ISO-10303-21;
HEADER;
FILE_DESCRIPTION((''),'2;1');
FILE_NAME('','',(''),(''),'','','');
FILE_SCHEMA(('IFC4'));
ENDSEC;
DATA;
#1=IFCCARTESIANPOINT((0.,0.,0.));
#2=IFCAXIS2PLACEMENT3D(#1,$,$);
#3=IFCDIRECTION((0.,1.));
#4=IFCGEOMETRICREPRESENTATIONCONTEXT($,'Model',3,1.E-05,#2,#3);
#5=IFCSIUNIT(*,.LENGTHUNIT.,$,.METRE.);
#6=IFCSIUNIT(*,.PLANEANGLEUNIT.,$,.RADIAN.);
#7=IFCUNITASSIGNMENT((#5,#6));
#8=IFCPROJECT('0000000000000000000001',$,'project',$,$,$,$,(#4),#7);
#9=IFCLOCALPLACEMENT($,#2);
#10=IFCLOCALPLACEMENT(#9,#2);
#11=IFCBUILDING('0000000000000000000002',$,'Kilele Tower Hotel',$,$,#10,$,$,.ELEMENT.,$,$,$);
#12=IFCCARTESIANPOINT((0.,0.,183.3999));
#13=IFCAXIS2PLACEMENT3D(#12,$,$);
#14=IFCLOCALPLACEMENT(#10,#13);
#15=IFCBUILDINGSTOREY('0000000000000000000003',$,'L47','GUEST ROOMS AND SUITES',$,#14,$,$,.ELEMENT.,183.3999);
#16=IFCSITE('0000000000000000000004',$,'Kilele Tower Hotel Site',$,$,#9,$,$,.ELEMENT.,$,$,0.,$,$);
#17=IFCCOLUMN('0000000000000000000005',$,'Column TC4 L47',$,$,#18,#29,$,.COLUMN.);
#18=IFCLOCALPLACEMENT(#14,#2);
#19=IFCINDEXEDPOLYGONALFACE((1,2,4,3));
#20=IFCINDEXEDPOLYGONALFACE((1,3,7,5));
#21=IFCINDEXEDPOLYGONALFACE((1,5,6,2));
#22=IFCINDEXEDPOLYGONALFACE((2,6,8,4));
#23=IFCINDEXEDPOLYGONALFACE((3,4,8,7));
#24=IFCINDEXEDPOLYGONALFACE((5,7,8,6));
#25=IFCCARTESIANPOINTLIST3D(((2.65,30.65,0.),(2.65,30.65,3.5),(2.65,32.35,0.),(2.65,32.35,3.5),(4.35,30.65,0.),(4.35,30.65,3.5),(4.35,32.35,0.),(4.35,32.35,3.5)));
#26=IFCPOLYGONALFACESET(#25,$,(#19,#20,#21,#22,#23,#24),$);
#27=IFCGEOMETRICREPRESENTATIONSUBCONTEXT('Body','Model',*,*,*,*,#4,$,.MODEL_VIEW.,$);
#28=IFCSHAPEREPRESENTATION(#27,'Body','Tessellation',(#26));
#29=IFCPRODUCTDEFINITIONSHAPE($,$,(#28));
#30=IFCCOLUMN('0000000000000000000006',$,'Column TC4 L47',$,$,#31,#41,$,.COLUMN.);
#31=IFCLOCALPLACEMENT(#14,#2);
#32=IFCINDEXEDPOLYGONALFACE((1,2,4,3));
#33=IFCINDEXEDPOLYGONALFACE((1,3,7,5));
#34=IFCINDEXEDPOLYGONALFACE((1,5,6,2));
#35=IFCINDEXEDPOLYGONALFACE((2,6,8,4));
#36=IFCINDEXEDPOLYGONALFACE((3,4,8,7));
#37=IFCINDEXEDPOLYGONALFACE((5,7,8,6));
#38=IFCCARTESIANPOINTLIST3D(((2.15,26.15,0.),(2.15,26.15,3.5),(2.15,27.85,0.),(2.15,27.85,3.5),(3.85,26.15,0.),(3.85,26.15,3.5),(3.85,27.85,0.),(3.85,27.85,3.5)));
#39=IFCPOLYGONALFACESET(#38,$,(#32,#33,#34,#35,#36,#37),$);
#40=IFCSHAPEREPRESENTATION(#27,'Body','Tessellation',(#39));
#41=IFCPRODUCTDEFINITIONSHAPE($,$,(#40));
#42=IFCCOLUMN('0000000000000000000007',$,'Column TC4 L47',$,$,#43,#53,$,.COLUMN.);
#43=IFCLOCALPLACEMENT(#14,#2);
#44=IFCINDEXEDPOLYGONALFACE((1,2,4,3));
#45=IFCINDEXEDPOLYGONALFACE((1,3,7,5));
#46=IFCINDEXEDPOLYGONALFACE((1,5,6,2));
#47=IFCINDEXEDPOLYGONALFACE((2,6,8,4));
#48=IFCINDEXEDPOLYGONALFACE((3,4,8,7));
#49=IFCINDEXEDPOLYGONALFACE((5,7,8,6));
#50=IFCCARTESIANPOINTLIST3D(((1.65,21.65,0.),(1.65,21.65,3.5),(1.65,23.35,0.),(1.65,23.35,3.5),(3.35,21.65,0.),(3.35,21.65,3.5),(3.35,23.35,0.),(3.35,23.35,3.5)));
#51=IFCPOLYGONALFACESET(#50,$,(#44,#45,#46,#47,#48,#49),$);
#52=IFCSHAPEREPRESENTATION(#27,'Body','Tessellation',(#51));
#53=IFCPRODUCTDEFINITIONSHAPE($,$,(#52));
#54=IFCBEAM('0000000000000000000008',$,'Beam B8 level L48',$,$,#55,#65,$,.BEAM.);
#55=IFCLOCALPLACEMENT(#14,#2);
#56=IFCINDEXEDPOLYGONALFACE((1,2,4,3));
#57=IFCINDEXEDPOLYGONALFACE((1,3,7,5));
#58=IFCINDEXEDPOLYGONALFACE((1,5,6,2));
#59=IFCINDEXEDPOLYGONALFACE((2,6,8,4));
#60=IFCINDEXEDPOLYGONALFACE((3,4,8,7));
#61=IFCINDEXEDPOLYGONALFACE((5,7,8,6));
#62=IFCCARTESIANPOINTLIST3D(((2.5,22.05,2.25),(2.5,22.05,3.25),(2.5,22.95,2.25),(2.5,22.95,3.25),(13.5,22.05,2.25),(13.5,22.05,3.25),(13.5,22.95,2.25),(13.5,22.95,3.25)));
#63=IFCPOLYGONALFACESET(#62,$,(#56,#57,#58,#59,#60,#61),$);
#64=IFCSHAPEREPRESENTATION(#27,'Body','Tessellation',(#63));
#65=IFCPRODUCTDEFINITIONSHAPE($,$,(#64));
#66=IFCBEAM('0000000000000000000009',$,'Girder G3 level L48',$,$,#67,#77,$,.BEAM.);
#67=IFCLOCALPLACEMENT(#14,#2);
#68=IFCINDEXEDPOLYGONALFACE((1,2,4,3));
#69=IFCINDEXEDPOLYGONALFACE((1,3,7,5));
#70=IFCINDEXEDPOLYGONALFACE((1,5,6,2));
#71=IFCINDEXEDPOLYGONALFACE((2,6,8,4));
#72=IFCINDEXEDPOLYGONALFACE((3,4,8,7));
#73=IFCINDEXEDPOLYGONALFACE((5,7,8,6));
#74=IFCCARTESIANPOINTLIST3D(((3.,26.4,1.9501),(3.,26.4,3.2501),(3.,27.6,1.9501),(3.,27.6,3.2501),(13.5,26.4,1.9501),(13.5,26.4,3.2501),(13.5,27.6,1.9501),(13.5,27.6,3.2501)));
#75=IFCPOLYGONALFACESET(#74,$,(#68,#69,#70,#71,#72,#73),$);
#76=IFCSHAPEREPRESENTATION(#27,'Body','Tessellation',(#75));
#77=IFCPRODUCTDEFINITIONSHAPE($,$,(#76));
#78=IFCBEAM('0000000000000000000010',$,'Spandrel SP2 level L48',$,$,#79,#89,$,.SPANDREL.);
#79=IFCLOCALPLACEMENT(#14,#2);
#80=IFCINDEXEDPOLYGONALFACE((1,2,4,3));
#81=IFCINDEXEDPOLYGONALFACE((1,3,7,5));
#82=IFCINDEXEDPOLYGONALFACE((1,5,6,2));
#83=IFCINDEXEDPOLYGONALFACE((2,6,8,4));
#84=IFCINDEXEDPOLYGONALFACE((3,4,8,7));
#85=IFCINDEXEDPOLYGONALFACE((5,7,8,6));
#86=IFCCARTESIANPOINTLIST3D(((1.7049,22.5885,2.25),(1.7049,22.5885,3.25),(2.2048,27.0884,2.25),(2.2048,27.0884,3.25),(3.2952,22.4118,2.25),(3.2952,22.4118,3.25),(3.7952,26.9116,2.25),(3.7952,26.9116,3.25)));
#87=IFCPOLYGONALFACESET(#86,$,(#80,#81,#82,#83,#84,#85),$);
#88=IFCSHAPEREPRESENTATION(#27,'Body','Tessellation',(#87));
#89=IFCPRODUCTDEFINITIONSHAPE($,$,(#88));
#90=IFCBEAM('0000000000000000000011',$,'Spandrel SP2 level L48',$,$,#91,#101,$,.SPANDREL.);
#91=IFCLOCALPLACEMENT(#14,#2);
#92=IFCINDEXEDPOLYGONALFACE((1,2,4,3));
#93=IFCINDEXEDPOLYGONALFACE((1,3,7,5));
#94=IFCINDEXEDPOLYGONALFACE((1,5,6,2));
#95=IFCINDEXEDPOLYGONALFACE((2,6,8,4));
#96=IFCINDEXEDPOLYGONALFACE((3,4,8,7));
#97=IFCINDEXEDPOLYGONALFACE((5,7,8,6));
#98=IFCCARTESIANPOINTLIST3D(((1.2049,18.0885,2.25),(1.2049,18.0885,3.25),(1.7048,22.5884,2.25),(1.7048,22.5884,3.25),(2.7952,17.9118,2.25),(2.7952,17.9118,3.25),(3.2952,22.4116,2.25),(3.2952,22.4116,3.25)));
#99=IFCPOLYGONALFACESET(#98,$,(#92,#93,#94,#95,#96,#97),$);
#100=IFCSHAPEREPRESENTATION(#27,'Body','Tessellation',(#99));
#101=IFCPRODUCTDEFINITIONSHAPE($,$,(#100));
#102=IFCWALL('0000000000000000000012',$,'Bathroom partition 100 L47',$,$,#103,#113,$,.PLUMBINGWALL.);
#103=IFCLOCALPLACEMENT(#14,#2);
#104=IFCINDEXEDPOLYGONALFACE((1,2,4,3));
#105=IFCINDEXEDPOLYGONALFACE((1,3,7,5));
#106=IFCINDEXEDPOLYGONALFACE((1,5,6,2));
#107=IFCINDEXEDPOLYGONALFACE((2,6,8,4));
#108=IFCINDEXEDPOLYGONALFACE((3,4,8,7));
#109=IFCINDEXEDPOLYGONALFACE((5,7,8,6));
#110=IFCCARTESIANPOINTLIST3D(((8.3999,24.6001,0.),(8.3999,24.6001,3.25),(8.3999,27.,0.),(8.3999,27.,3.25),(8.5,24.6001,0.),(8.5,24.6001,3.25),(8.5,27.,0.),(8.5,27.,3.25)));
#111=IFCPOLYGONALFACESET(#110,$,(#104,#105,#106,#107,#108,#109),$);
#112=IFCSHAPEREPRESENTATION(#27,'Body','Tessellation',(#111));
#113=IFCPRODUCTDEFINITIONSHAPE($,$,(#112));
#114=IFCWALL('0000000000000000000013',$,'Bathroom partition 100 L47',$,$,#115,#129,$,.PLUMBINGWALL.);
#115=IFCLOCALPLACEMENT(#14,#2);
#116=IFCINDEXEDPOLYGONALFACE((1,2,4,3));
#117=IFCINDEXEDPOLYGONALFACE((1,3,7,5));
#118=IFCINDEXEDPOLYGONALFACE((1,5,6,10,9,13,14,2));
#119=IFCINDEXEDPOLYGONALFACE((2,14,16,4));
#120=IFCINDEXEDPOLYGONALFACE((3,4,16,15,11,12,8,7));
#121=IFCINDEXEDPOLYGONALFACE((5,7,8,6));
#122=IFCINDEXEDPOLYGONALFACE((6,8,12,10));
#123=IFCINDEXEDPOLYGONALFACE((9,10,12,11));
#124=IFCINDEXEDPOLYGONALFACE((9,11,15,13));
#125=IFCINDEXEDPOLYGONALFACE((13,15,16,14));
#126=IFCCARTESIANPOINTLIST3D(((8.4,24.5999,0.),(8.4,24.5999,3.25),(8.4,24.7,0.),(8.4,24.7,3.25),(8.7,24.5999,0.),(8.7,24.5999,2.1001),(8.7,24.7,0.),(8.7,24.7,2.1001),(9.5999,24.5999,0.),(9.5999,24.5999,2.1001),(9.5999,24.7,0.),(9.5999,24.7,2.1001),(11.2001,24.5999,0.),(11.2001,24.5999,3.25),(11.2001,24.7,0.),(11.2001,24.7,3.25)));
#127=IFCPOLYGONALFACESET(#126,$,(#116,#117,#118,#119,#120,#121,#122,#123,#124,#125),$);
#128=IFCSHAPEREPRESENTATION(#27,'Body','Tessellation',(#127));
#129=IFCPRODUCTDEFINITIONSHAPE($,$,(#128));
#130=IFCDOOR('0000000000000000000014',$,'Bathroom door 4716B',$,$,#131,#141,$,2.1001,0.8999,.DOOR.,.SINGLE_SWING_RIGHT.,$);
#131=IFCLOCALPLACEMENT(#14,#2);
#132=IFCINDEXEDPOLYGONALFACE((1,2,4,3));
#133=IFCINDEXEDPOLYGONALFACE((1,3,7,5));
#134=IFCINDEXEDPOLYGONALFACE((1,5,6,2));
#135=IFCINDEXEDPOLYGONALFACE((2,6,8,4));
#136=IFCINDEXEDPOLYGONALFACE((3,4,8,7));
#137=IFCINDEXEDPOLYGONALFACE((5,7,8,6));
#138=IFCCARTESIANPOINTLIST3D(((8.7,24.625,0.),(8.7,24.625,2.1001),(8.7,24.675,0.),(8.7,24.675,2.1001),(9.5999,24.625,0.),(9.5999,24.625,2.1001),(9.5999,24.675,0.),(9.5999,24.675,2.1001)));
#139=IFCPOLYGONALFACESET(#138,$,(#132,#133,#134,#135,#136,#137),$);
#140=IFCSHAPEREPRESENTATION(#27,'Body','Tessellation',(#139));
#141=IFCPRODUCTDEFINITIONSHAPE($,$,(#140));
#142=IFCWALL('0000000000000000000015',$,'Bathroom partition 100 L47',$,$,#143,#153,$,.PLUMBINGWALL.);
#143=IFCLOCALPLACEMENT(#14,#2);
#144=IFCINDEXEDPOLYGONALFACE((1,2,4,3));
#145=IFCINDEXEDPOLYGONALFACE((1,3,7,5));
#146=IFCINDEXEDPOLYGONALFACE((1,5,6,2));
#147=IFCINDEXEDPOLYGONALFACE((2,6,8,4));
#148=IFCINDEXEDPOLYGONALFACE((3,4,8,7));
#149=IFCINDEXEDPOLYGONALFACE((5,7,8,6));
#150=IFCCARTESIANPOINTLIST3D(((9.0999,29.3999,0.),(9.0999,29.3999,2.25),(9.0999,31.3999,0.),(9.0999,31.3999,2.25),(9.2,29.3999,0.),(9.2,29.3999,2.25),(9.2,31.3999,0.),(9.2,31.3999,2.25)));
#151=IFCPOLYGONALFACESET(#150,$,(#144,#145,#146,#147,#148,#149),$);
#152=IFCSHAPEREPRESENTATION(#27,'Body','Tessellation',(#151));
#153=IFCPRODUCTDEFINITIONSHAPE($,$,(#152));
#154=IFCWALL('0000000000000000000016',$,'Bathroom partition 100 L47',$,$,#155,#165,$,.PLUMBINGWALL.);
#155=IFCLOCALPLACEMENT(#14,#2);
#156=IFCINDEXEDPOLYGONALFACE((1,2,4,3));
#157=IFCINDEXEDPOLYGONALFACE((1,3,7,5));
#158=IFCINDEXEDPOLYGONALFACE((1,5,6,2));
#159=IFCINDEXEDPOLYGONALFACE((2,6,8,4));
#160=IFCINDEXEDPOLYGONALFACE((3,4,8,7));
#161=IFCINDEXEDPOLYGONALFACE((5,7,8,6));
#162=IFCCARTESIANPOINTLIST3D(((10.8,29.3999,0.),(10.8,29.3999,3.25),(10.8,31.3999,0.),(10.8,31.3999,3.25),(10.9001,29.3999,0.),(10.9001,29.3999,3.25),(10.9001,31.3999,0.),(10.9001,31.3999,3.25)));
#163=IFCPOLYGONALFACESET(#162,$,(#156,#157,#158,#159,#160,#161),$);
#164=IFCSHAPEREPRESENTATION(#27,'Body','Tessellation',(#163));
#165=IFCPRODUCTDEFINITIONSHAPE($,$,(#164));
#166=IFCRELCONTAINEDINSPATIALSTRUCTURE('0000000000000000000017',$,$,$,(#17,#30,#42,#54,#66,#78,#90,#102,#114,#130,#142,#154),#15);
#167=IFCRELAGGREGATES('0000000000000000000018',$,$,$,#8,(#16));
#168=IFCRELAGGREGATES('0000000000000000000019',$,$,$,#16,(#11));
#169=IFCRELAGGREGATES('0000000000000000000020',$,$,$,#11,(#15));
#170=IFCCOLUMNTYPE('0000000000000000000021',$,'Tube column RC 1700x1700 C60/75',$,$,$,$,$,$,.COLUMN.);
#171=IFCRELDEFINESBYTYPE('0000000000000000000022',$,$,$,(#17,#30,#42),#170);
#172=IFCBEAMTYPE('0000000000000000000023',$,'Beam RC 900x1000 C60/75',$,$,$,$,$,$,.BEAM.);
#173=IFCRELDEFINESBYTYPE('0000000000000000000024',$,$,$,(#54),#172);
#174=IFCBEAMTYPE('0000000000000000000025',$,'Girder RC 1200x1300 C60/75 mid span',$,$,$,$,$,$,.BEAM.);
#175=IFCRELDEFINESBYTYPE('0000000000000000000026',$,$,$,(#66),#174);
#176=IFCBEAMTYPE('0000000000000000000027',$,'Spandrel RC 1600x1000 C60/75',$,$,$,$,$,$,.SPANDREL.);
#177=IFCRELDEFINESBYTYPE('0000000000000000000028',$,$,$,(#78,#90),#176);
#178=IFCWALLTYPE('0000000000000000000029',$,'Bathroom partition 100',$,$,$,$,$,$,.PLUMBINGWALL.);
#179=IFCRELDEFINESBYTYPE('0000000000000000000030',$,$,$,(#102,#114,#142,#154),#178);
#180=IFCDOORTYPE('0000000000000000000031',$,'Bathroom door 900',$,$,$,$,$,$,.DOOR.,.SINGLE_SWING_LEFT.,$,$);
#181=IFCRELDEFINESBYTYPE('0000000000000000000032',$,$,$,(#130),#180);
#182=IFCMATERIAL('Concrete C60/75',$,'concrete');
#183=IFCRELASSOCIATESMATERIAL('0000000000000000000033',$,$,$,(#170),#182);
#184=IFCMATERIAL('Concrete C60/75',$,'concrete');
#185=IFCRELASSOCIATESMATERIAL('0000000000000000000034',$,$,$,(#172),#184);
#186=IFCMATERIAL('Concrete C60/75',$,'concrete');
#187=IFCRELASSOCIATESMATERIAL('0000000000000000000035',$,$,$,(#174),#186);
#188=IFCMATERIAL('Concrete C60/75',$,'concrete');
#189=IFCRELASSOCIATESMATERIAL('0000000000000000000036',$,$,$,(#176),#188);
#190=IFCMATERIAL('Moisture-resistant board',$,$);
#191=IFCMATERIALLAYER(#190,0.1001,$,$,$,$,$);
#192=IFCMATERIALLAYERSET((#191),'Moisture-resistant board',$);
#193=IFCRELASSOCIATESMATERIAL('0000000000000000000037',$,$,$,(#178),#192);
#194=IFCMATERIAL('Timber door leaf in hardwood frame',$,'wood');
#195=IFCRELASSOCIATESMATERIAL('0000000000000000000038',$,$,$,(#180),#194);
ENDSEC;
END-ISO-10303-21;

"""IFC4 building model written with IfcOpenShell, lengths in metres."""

from ifc_helpers import new_model, si_unit, direction, frame, frame_2d, origin, origin_2d, place, context, subcontext, project, spatial, rectangle, extrude, material, layer, layer_set, material_profile, profile_set, type_object, element, fill, save


model = new_model("IFC4")

# Units and contexts
model_context = context("Model", 3, precision=1e-05, world=origin(), true_north=direction((0.0, 1.0)))
body_context = subcontext(model_context, "Body", "Model", "MODEL_VIEW")
ifc_project = project(units=[si_unit("LENGTHUNIT", "METRE"), si_unit("PLANEANGLEUNIT", "RADIAN")], contexts=[model_context])

# Site, building, storey
site_placement = place(None, origin())
site = spatial("IfcSite", under=ifc_project, at=site_placement, Name="Kilele Tower Hotel Site", CompositionType="ELEMENT", RefElevation=0.0)
building_placement = place(site_placement, origin())
building = spatial("IfcBuilding", under=site, at=building_placement, Name="Kilele Tower Hotel", CompositionType="ELEMENT")
storey_placement = place(building_placement, frame((0.0, 0.0, 183.3999)))
storey = spatial("IfcBuildingStorey", under=building, at=storey_placement, Name="L47", Description="GUEST ROOMS AND SUITES", CompositionType="ELEMENT", Elevation=183.3999)

# Columns
ifc_material_1 = material(Name="Concrete C60/75", Category="concrete")
ifc_material_profile_1 = material_profile(ifc_material_1, rectangle(XDim=1.7, YDim=1.7, at=origin_2d()))
ifc_profile_set_1 = profile_set([ifc_material_profile_1], Name="Concrete C60/75")
column_type = type_object("IfcColumnType", Name="Tube column RC 1700x1700 C60/75", PredefinedType="COLUMN", material=ifc_profile_set_1)
for number, where, z_axis, x_axis, name in (
    (1, (3.5, 31.5, 0.0), (0.0, 0.0, 1.0), (1.0, 0.0, 0.0), "Column TC4 L47"),
    (2, (3.0, 27.0, 0.0), (0.0, 0.0, 1.0), (1.0, 0.0, 0.0), "Column TC4 L47"),
    (3, (2.5, 22.5, 0.0), (0.0, 0.0, 1.0), (1.0, 0.0, 0.0), "Column TC4 L47"),
):
    element("IfcColumn", number, at=place(storey_placement, frame(where, z_axis=z_axis, x_axis=x_axis)), inside=storey, type_object=column_type, Name=name, PredefinedType="COLUMN", context=body_context, shape_type="SweptSolid", body=[
        extrude(rectangle(XDim=1.7, YDim=1.7, at=origin_2d()), origin(), (0.0, 0.0, 1.0), 3.5),
    ])

# Beams
ifc_material_2 = material(Name="Concrete C60/75", Category="concrete")
ifc_material_profile_2 = material_profile(ifc_material_2, rectangle(XDim=0.8999, YDim=1.0, at=origin_2d()))
ifc_profile_set_2 = profile_set([ifc_material_profile_2], Name="Concrete C60/75")
beam_type_1 = type_object("IfcBeamType", Name="Beam RC 900x1000 C60/75", PredefinedType="BEAM", material=ifc_profile_set_2)
beam_1_placement = place(storey_placement, frame((2.5, 22.5, 2.75), z_axis=(1.0, 0.0, 0.0), x_axis=(0.0, 1.0, 0.0)))
element("IfcBeam", 4, at=beam_1_placement, inside=storey, type_object=beam_type_1, Name="Beam B8 level L48", PredefinedType="BEAM", context=body_context, shape_type="SweptSolid", body=[
    extrude(rectangle(XDim=0.8999, YDim=1.0, at=origin_2d()), origin(), (0.0, 0.0, 1.0), 11.0),
])
ifc_material_3 = material(Name="Concrete C60/75", Category="concrete")
ifc_material_profile_3 = material_profile(ifc_material_3, rectangle(XDim=1.2, YDim=1.3, at=origin_2d()))
ifc_profile_set_3 = profile_set([ifc_material_profile_3], Name="Concrete C60/75")
beam_type_2 = type_object("IfcBeamType", Name="Girder RC 1200x1300 C60/75 mid span", PredefinedType="BEAM", material=ifc_profile_set_3)
beam_2_placement = place(storey_placement, frame((3.0, 27.0, 2.6001), z_axis=(1.0, 0.0, 0.0), x_axis=(0.0, 1.0, 0.0)))
element("IfcBeam", 5, at=beam_2_placement, inside=storey, type_object=beam_type_2, Name="Girder G3 level L48", PredefinedType="BEAM", context=body_context, shape_type="SweptSolid", body=[
    extrude(rectangle(XDim=1.2, YDim=1.3, at=origin_2d()), origin(), (0.0, 0.0, 1.0), 10.5),
])
ifc_material_4 = material(Name="Concrete C60/75", Category="concrete")
ifc_material_profile_4 = material_profile(ifc_material_4, rectangle(XDim=1.6001, YDim=1.0, at=origin_2d()))
ifc_profile_set_4 = profile_set([ifc_material_profile_4], Name="Concrete C60/75")
beam_type_3 = type_object("IfcBeamType", Name="Spandrel RC 1600x1000 C60/75", PredefinedType="SPANDREL", material=ifc_profile_set_4)
for number, where, z_axis, x_axis, name in (
    (6, (3.0, 27.0, 2.75), (-0.110432, -0.993884, 0.0), (0.993884, -0.110432, 0.0), "Spandrel SP2 level L48"),
    (7, (2.5, 22.5, 2.75), (-0.110432, -0.993884, 0.0), (0.993884, -0.110432, 0.0), "Spandrel SP2 level L48"),
):
    element("IfcBeam", number, at=place(storey_placement, frame(where, z_axis=z_axis, x_axis=x_axis)), inside=storey, type_object=beam_type_3, Name=name, PredefinedType="SPANDREL", context=body_context, shape_type="SweptSolid", body=[
        extrude(rectangle(XDim=1.6001, YDim=1.0, at=origin_2d()), origin(), (0.0, 0.0, 1.0), 4.5276),
    ])

# Wall
ifc_material_5 = material(Name="Moisture-resistant board")
ifc_layer_1 = layer(ifc_material_5, 0.1001)
ifc_layer_set_1 = layer_set([ifc_layer_1], Name="Moisture-resistant board")
wall_type_1 = type_object("IfcWallType", Name="Bathroom partition 100", PredefinedType="PLUMBINGWALL", material=ifc_layer_set_1)
wall_1_placement = place(storey_placement, frame((8.45, 24.6001, 0.0), z_axis=(0.0, 0.0, 1.0), x_axis=(0.0, 1.0, 0.0)))
element("IfcWall", 8, at=wall_1_placement, inside=storey, type_object=wall_type_1, Name="Bathroom partition 100 L47", PredefinedType="PLUMBINGWALL", context=body_context, shape_type="SweptSolid", body=[
    extrude(rectangle(XDim=2.3999, YDim=0.1001, at=frame_2d((1.2, 0.0))), origin(), (0.0, 0.0, 1.0), 3.25),
])

# Wall, opening, door
wall_2_placement = place(storey_placement, frame((11.2, 24.6499, 0.0), z_axis=(0.0, 0.0, 1.0), x_axis=(-1.0, 0.0, 0.0)))
wall_2 = element("IfcWall", 9, at=wall_2_placement, inside=storey, type_object=wall_type_1, Name="Bathroom partition 100 L47", PredefinedType="PLUMBINGWALL", context=body_context, shape_type="SweptSolid", body=[
    extrude(rectangle(XDim=2.8, YDim=0.1001, at=frame_2d((1.3999, 0.0))), origin(), (0.0, 0.0, 1.0), 3.25),
])
opening_1_placement = place(wall_2_placement, frame((1.6001, 0.0, 0.0)))
opening_1 = element("IfcOpeningElement", 10, at=opening_1_placement, cuts=wall_2, PredefinedType="OPENING", context=body_context, shape_type="SweptSolid", body=[
    extrude(rectangle(XDim=0.8999, YDim=2.1001, at=frame_2d((0.45, 1.05))), frame((0.0, 0.0601, 0.0), z_axis=(0.0, -1.0, 0.0), x_axis=(1.0, 0.0, 0.0)), (0.0, 0.0, 1.0), 0.1201),
])
ifc_material_6 = material(Name="Timber door leaf in hardwood frame", Category="wood")
door_type_1 = type_object("IfcDoorType", Name="Bathroom door 900", OperationType="SINGLE_SWING_LEFT", PredefinedType="DOOR", material=ifc_material_6)
door_1_placement = place(opening_1_placement, origin())
door_1 = element("IfcDoor", 11, at=door_1_placement, inside=storey, type_object=door_type_1, Name="Bathroom door 4716B", OperationType="SINGLE_SWING_RIGHT", OverallHeight=2.1001, OverallWidth=0.8999, PredefinedType="DOOR", context=body_context, shape_type="SweptSolid", body=[
    extrude(rectangle(XDim=0.8999, YDim=2.1001, at=frame_2d((0.45, 1.05))), frame((0.0, 0.0249, 0.0), z_axis=(0.0, -1.0, 0.0), x_axis=(1.0, 0.0, 0.0)), (0.0, 0.0, 1.0), 0.05),
])
fill(opening_1, door_1)

# Walls
wall_3_placement = place(storey_placement, frame((9.1499, 31.3999, 0.0), z_axis=(0.0, 0.0, 1.0), x_axis=(0.0, -1.0, 0.0)))
element("IfcWall", 12, at=wall_3_placement, inside=storey, type_object=wall_type_1, Name="Bathroom partition 100 L47", PredefinedType="PLUMBINGWALL", context=body_context, shape_type="SweptSolid", body=[
    extrude(rectangle(XDim=2.0, YDim=0.1001, at=frame_2d((1.0, 0.0))), origin(), (0.0, 0.0, 1.0), 2.25),
])
wall_4_placement = place(storey_placement, frame((10.8501, 31.3999, 0.0), z_axis=(0.0, 0.0, 1.0), x_axis=(0.0, -1.0, 0.0)))
element("IfcWall", 13, at=wall_4_placement, inside=storey, type_object=wall_type_1, Name="Bathroom partition 100 L47", PredefinedType="PLUMBINGWALL", context=body_context, shape_type="SweptSolid", body=[
    extrude(rectangle(XDim=2.0, YDim=0.1001, at=frame_2d((1.0, 0.0))), origin(), (0.0, 0.0, 1.0), 3.25),
])

save(model, "model.ifc")
